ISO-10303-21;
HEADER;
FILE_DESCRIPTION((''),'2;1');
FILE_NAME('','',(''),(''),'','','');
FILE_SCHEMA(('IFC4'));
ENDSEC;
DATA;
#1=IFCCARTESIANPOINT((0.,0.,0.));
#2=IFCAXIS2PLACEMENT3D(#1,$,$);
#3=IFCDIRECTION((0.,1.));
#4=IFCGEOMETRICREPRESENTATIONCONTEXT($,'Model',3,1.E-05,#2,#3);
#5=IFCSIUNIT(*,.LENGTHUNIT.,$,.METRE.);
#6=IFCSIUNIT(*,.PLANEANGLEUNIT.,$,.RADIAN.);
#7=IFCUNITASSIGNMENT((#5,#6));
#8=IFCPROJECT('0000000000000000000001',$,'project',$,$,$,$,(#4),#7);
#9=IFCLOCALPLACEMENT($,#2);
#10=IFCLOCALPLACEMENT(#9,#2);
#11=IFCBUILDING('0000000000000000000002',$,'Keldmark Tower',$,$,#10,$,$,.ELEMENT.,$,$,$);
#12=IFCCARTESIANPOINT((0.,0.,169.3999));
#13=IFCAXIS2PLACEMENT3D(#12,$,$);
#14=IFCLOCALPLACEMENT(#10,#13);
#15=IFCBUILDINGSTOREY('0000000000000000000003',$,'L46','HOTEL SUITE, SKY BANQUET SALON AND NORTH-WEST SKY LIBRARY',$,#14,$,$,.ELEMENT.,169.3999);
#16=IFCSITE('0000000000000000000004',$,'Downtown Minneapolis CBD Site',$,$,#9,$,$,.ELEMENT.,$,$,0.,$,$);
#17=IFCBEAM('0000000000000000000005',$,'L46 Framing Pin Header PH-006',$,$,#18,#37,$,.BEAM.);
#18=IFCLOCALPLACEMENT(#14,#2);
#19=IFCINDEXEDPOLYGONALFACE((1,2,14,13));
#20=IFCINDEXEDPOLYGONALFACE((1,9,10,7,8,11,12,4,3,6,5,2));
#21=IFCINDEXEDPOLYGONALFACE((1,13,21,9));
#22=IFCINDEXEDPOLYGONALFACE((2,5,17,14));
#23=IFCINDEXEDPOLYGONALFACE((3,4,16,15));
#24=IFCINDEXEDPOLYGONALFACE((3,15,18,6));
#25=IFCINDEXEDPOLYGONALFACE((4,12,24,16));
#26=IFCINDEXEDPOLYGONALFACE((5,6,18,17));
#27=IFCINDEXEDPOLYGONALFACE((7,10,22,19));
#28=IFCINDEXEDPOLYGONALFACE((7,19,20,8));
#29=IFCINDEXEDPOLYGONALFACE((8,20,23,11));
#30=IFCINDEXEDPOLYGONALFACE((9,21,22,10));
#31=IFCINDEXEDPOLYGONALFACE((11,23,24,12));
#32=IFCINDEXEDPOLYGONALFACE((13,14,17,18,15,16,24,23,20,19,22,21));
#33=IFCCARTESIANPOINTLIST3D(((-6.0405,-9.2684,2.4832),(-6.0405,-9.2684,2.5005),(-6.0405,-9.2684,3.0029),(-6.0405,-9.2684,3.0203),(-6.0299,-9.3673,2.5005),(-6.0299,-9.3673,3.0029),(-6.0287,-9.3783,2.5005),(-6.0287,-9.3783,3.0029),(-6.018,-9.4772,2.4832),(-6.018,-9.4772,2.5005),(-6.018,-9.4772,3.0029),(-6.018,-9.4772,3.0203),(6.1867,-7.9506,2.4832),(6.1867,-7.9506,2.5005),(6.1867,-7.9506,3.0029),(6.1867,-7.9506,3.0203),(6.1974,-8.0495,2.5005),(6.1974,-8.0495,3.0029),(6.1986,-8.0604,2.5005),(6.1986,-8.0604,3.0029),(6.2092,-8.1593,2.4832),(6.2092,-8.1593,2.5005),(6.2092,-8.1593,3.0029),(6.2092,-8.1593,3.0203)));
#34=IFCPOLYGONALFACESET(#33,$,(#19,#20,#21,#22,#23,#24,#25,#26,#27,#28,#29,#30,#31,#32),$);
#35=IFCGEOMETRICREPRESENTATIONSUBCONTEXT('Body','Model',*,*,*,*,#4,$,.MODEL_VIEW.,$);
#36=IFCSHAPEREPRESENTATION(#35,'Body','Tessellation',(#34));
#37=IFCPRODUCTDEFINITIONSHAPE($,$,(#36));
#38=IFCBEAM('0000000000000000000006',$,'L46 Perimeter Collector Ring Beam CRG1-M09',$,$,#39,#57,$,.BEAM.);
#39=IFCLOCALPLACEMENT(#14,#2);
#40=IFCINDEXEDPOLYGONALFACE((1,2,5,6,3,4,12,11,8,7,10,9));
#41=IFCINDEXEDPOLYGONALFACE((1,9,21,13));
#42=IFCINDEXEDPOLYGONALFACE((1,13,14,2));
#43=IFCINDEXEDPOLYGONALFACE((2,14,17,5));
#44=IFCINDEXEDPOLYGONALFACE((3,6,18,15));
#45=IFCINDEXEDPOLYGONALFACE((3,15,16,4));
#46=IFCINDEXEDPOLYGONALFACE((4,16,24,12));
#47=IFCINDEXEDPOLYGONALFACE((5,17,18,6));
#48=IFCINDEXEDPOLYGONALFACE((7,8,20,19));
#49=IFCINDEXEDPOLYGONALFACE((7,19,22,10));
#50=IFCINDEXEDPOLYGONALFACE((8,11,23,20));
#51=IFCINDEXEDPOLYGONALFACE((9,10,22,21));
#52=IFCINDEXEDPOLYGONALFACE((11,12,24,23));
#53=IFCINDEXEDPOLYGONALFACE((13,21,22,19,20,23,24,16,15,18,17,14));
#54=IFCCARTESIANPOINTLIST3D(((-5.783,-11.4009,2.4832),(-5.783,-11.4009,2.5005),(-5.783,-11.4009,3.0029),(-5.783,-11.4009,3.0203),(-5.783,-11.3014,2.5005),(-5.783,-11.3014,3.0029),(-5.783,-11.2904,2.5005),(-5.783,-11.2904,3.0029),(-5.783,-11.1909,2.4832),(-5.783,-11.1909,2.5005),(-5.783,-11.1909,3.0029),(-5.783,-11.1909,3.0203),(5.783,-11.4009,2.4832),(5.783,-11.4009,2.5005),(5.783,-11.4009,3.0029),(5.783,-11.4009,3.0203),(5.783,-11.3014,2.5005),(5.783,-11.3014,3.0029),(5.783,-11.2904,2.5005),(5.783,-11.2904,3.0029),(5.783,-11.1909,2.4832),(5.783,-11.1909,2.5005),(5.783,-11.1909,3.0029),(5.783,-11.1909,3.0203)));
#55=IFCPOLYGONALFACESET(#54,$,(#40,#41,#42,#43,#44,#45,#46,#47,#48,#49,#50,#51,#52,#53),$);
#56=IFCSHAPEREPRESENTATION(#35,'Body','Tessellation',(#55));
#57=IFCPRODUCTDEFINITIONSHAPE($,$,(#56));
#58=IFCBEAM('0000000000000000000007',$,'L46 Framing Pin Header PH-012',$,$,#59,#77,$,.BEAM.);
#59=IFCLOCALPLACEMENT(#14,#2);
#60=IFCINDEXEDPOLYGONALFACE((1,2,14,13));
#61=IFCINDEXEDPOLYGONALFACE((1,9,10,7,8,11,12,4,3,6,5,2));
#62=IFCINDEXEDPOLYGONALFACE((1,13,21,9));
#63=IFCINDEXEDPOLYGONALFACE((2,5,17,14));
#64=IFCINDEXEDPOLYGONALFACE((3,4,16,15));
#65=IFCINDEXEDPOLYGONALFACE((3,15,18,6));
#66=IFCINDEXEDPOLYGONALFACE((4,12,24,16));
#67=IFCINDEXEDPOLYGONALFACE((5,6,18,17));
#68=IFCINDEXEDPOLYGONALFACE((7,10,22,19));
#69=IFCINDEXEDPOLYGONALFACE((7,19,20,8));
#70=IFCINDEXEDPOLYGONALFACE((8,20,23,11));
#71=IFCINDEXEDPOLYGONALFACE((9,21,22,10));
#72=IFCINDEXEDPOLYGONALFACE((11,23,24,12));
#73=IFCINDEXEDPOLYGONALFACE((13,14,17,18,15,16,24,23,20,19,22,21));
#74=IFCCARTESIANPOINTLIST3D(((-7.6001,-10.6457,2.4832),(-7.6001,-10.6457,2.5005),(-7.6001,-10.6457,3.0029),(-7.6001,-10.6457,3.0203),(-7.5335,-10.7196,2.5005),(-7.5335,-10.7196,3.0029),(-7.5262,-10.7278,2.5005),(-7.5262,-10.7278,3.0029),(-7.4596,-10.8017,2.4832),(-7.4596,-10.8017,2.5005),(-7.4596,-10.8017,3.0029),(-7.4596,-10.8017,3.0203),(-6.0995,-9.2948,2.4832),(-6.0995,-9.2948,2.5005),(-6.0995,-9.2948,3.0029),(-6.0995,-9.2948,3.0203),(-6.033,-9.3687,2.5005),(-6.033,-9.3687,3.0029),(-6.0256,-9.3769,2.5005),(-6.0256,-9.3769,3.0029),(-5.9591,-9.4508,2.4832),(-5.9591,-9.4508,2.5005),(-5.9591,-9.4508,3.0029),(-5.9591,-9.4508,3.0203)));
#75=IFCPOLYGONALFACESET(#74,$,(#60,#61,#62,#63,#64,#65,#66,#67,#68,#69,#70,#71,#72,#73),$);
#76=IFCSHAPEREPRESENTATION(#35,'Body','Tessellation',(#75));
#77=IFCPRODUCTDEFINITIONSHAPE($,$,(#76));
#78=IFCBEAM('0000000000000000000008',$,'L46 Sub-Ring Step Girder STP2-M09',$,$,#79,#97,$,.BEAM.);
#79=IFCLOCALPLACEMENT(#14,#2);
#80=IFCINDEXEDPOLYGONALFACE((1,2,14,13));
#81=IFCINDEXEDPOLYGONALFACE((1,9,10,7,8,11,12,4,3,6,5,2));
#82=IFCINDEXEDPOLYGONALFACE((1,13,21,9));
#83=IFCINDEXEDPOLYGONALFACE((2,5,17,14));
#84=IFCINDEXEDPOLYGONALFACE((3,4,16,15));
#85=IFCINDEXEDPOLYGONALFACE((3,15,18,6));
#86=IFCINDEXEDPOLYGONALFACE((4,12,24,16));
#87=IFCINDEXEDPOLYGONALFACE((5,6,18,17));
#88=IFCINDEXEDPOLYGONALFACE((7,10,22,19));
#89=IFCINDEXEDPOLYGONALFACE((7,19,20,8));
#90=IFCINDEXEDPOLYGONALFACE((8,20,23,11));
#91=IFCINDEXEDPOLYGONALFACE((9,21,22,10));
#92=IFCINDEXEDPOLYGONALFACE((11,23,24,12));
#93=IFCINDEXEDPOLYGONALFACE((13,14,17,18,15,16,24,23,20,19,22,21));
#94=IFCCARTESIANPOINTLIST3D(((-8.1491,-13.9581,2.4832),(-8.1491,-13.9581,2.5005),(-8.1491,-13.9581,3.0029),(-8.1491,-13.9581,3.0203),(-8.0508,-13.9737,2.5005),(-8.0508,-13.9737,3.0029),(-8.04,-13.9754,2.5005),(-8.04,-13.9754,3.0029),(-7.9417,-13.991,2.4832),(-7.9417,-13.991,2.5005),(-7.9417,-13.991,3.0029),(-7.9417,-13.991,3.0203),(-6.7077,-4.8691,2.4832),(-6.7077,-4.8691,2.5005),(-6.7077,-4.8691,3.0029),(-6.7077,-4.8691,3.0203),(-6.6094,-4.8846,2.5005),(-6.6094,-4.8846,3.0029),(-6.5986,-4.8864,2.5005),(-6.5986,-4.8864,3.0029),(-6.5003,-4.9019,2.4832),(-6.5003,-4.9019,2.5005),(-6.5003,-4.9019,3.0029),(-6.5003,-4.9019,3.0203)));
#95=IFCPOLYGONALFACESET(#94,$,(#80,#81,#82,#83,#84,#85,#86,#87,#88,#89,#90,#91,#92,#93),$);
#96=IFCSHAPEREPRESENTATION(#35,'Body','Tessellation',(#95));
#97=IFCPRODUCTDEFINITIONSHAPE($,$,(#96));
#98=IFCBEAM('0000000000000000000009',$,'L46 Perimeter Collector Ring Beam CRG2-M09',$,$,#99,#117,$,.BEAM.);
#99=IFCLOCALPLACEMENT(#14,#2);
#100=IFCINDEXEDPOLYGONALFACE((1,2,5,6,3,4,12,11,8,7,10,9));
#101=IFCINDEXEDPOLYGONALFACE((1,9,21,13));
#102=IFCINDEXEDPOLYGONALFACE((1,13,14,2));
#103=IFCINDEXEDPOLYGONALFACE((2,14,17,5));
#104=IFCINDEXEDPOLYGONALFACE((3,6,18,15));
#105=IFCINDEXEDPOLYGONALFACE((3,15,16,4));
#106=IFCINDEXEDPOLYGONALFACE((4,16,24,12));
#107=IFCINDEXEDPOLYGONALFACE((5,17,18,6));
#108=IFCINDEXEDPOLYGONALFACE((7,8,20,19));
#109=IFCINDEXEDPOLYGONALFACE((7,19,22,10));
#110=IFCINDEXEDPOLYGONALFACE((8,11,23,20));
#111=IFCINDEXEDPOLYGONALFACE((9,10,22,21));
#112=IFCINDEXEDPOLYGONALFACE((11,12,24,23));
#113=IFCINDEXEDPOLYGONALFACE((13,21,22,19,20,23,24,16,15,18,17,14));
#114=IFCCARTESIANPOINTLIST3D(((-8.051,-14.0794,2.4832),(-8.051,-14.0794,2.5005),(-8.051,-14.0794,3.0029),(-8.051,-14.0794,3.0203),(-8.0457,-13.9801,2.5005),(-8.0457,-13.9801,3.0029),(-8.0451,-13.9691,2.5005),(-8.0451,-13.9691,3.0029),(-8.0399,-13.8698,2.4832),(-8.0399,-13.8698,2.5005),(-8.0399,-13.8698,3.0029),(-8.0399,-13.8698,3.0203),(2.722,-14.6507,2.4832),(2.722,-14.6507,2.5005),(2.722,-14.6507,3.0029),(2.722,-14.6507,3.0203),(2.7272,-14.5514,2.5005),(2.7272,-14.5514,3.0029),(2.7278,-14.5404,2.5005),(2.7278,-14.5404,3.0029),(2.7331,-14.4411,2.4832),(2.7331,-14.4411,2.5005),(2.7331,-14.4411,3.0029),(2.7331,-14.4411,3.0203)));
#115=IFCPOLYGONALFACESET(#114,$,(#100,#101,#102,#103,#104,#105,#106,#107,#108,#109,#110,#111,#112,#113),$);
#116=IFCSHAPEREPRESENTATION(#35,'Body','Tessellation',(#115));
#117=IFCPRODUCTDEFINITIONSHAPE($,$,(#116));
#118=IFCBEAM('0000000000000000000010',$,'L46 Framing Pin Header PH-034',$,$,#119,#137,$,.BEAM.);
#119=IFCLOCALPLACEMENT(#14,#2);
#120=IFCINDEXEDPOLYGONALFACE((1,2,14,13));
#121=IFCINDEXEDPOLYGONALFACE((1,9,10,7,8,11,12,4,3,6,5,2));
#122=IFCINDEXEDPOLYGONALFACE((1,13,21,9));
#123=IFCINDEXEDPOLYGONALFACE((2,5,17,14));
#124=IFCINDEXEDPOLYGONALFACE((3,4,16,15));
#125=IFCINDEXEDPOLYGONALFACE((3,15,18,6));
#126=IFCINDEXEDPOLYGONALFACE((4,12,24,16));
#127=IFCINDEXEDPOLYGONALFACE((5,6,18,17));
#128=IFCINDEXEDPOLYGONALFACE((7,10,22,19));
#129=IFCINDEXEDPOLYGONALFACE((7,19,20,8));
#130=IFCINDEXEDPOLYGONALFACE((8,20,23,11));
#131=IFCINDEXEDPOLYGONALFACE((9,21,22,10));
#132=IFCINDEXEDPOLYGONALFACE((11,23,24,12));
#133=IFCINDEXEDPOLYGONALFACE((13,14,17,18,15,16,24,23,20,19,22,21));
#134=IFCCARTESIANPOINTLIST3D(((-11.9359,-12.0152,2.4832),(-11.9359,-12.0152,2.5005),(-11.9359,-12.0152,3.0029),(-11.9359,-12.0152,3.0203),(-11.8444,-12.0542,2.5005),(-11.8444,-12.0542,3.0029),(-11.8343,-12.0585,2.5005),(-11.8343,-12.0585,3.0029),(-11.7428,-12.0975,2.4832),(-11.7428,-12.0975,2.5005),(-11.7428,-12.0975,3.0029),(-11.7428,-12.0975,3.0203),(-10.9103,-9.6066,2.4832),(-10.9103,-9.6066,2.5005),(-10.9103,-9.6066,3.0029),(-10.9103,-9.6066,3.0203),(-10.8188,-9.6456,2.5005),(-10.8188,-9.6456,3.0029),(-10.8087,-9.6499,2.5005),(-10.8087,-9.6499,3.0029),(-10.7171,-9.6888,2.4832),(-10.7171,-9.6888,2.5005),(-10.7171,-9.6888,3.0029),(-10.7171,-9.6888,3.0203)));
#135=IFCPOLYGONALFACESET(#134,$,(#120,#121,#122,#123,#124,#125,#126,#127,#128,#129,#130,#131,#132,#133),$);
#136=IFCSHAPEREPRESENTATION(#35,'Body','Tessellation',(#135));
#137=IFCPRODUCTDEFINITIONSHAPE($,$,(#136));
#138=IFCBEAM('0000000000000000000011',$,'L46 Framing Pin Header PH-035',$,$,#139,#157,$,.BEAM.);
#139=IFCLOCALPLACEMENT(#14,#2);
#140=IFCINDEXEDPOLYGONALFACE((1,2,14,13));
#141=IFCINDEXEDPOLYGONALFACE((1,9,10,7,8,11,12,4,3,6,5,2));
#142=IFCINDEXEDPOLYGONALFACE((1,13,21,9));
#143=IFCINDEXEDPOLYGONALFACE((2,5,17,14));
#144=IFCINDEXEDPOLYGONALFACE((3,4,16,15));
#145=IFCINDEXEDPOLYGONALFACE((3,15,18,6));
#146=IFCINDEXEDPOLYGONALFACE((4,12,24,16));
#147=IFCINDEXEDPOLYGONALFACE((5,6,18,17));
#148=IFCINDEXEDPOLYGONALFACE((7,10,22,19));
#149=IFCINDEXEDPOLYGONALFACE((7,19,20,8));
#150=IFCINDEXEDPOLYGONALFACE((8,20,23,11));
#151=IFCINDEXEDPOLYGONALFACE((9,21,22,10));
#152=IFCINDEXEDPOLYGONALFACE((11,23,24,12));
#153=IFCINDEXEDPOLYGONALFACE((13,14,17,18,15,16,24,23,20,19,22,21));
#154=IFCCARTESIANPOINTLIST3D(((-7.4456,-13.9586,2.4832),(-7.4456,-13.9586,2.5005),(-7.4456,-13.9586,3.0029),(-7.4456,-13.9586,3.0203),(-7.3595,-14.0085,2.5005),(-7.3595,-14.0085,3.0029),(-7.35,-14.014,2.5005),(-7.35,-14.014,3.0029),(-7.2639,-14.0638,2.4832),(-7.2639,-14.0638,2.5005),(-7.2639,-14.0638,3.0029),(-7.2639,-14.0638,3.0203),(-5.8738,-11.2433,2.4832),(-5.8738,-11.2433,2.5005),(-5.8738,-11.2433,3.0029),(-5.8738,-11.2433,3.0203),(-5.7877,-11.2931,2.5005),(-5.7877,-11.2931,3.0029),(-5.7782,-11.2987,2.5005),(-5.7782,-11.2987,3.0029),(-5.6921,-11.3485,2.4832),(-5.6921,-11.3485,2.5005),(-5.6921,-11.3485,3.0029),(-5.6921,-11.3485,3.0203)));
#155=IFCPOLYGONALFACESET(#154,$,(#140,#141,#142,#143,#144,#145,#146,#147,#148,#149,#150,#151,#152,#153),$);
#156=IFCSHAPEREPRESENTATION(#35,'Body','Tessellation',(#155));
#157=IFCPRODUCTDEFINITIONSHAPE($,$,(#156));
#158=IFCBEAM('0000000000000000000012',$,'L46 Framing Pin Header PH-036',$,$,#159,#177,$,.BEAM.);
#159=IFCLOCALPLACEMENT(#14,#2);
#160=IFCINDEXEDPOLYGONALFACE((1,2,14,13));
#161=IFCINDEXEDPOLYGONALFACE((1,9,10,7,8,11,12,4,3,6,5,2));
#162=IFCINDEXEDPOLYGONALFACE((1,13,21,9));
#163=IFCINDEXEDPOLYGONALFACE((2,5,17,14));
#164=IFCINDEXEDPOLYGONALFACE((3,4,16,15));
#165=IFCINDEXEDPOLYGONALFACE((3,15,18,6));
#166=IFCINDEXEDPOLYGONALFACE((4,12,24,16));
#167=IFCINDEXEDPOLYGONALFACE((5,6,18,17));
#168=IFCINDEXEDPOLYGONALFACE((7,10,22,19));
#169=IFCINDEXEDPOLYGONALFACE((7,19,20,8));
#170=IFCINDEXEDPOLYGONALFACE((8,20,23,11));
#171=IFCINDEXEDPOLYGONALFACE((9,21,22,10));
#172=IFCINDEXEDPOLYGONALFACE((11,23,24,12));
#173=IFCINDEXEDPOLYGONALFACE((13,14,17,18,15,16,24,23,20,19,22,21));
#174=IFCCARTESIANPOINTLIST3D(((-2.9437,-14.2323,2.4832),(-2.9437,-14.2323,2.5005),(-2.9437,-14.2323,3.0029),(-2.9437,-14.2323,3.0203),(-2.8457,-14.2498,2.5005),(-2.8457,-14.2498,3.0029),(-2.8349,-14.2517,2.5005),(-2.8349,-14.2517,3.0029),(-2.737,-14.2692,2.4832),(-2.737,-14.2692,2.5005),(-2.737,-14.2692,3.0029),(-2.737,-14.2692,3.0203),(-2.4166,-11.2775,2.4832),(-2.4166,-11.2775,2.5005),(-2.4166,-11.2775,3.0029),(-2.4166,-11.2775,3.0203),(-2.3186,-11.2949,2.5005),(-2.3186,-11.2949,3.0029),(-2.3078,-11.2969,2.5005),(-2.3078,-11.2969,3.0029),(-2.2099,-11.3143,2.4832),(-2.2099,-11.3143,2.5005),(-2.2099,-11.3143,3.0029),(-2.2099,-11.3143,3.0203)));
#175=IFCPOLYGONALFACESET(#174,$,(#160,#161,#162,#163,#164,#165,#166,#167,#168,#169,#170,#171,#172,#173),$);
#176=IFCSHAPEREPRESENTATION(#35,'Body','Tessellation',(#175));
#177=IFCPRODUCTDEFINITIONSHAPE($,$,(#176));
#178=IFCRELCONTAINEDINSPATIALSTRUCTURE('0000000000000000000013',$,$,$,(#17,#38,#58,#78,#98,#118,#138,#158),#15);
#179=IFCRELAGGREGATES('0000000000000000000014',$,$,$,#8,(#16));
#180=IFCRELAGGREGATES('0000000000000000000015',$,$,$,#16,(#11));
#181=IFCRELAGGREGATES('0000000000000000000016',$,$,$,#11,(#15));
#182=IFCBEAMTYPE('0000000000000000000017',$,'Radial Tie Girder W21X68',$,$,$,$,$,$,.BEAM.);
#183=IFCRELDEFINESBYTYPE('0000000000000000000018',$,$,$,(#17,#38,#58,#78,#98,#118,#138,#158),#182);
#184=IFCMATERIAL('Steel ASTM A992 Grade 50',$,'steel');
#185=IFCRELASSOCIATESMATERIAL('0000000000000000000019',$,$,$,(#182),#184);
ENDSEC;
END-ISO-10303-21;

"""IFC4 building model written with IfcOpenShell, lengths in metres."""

from ifc_helpers import new_model, si_unit, direction, frame, origin, origin_2d, place, context, subcontext, project, spatial, i_section, extrude, material, material_profile, profile_set, type_object, element, save


model = new_model("IFC4")

# Units and contexts
model_context = context("Model", 3, precision=1e-05, world=origin(), true_north=direction((0.0, 1.0)))
body_context = subcontext(model_context, "Body", "Model", "MODEL_VIEW")
ifc_project = project(units=[si_unit("LENGTHUNIT", "METRE"), si_unit("PLANEANGLEUNIT", "RADIAN")], contexts=[model_context])

# Site, building, storey
site_placement = place(None, origin())
site = spatial("IfcSite", under=ifc_project, at=site_placement, Name="Downtown Minneapolis CBD Site", CompositionType="ELEMENT", RefElevation=0.0)
building_placement = place(site_placement, origin())
building = spatial("IfcBuilding", under=site, at=building_placement, Name="Keldmark Tower", CompositionType="ELEMENT")
storey_placement = place(building_placement, frame((0.0, 0.0, 169.3999)))
storey = spatial("IfcBuildingStorey", under=building, at=storey_placement, Name="L46", Description="HOTEL SUITE, SKY BANQUET SALON AND NORTH-WEST SKY LIBRARY", CompositionType="ELEMENT", Elevation=169.3999)

# Beams
ifc_material_1 = material(Name="Steel ASTM A992 Grade 50", Category="steel")
ifc_material_profile_1 = material_profile(ifc_material_1, i_section(OverallWidth=0.21, OverallDepth=0.5371, WebThickness=0.011, FlangeThickness=0.0173, at=origin_2d()), Name="W21X68")
ifc_profile_set_1 = profile_set([ifc_material_profile_1], Name="Steel ASTM A992 Grade 50")
beam_type_1 = type_object("IfcBeamType", Name="Radial Tie Girder W21X68", PredefinedType="BEAM", material=ifc_profile_set_1)
beam_1_placement = place(storey_placement, frame((-6.0293, -9.3728, 2.7517), z_axis=(0.994242, 0.10716, 0.0), x_axis=(-0.10716, 0.994242, 0.0)))
element("IfcBeam", 1, at=beam_1_placement, inside=storey, type_object=beam_type_1, Name="L46 Framing Pin Header PH-006", PredefinedType="BEAM", context=body_context, shape_type="SweptSolid", body=[
    extrude(i_section(OverallWidth=0.21, OverallDepth=0.5371, WebThickness=0.011, FlangeThickness=0.0173, at=origin_2d()), origin(), (0.0, 0.0, 1.0), 12.2981),
])
beam_2_placement = place(storey_placement, frame((-5.783, -11.2959, 2.7517), z_axis=(1.0, 0.0, 0.0), x_axis=(0.0, 1.0, 0.0)))
element("IfcBeam", 2, at=beam_2_placement, inside=storey, type_object=beam_type_1, Name="L46 Perimeter Collector Ring Beam CRG1-M09", PredefinedType="BEAM", context=body_context, shape_type="SweptSolid", body=[
    extrude(i_section(OverallWidth=0.21, OverallDepth=0.5371, WebThickness=0.011, FlangeThickness=0.0173, at=origin_2d()), origin(), (0.0, 0.0, 1.0), 11.5659),
])
beam_3_placement = place(storey_placement, frame((-6.0293, -9.3728, 2.7517), z_axis=(-0.743198, -0.669072, 0.0), x_axis=(0.669072, -0.743198, 0.0)))
element("IfcBeam", 3, at=beam_3_placement, inside=storey, type_object=beam_type_1, Name="L46 Framing Pin Header PH-012", PredefinedType="BEAM", context=body_context, shape_type="SweptSolid", body=[
    extrude(i_section(OverallWidth=0.21, OverallDepth=0.5371, WebThickness=0.011, FlangeThickness=0.0173, at=origin_2d()), origin(), (0.0, 0.0, 1.0), 2.019),
])
beam_4_placement = place(storey_placement, frame((-6.604, -4.8855, 2.7517), z_axis=(-0.156629, -0.987658, 0.0), x_axis=(0.987658, -0.156629, 0.0)))
element("IfcBeam", 4, at=beam_4_placement, inside=storey, type_object=beam_type_1, Name="L46 Sub-Ring Step Girder STP2-M09", PredefinedType="BEAM", context=body_context, shape_type="SweptSolid", body=[
    extrude(i_section(OverallWidth=0.21, OverallDepth=0.5371, WebThickness=0.011, FlangeThickness=0.0173, at=origin_2d()), origin(), (0.0, 0.0, 1.0), 9.2026),
])
beam_5_placement = place(storey_placement, frame((-8.0454, -13.9746, 2.7517), z_axis=(0.998597, -0.052956, 0.0), x_axis=(0.052956, 0.998597, 0.0)))
element("IfcBeam", 5, at=beam_5_placement, inside=storey, type_object=beam_type_1, Name="L46 Perimeter Collector Ring Beam CRG2-M09", PredefinedType="BEAM", context=body_context, shape_type="SweptSolid", body=[
    extrude(i_section(OverallWidth=0.21, OverallDepth=0.5371, WebThickness=0.011, FlangeThickness=0.0173, at=origin_2d()), origin(), (0.0, 0.0, 1.0), 10.7881),
])
beam_6_placement = place(storey_placement, frame((-10.8137, -9.6477, 2.7517), z_axis=(-0.391769, -0.920064, 0.0), x_axis=(0.920064, -0.391769, 0.0)))
element("IfcBeam", 6, at=beam_6_placement, inside=storey, type_object=beam_type_1, Name="L46 Framing Pin Header PH-034", PredefinedType="BEAM", context=body_context, shape_type="SweptSolid", body=[
    extrude(i_section(OverallWidth=0.21, OverallDepth=0.5371, WebThickness=0.011, FlangeThickness=0.0173, at=origin_2d()), origin(), (0.0, 0.0, 1.0), 2.6179),
])
beam_7_placement = place(storey_placement, frame((-5.783, -11.2959, 2.7517), z_axis=(-0.500975, -0.865462, 0.0), x_axis=(0.865462, -0.500975, 0.0)))
element("IfcBeam", 7, at=beam_7_placement, inside=storey, type_object=beam_type_1, Name="L46 Framing Pin Header PH-035", PredefinedType="BEAM", context=body_context, shape_type="SweptSolid", body=[
    extrude(i_section(OverallWidth=0.21, OverallDepth=0.5371, WebThickness=0.011, FlangeThickness=0.0173, at=origin_2d()), origin(), (0.0, 0.0, 1.0), 3.1375),
])
beam_8_placement = place(storey_placement, frame((-2.3132, -11.2959, 2.7517), z_axis=(-0.175613, -0.984459, 0.0), x_axis=(0.984459, -0.175613, 0.0)))
element("IfcBeam", 8, at=beam_8_placement, inside=storey, type_object=beam_type_1, Name="L46 Framing Pin Header PH-036", PredefinedType="BEAM", context=body_context, shape_type="SweptSolid", body=[
    extrude(i_section(OverallWidth=0.21, OverallDepth=0.5371, WebThickness=0.011, FlangeThickness=0.0173, at=origin_2d()), origin(), (0.0, 0.0, 1.0), 3.0015),
])

save(model, "model.ifc")
